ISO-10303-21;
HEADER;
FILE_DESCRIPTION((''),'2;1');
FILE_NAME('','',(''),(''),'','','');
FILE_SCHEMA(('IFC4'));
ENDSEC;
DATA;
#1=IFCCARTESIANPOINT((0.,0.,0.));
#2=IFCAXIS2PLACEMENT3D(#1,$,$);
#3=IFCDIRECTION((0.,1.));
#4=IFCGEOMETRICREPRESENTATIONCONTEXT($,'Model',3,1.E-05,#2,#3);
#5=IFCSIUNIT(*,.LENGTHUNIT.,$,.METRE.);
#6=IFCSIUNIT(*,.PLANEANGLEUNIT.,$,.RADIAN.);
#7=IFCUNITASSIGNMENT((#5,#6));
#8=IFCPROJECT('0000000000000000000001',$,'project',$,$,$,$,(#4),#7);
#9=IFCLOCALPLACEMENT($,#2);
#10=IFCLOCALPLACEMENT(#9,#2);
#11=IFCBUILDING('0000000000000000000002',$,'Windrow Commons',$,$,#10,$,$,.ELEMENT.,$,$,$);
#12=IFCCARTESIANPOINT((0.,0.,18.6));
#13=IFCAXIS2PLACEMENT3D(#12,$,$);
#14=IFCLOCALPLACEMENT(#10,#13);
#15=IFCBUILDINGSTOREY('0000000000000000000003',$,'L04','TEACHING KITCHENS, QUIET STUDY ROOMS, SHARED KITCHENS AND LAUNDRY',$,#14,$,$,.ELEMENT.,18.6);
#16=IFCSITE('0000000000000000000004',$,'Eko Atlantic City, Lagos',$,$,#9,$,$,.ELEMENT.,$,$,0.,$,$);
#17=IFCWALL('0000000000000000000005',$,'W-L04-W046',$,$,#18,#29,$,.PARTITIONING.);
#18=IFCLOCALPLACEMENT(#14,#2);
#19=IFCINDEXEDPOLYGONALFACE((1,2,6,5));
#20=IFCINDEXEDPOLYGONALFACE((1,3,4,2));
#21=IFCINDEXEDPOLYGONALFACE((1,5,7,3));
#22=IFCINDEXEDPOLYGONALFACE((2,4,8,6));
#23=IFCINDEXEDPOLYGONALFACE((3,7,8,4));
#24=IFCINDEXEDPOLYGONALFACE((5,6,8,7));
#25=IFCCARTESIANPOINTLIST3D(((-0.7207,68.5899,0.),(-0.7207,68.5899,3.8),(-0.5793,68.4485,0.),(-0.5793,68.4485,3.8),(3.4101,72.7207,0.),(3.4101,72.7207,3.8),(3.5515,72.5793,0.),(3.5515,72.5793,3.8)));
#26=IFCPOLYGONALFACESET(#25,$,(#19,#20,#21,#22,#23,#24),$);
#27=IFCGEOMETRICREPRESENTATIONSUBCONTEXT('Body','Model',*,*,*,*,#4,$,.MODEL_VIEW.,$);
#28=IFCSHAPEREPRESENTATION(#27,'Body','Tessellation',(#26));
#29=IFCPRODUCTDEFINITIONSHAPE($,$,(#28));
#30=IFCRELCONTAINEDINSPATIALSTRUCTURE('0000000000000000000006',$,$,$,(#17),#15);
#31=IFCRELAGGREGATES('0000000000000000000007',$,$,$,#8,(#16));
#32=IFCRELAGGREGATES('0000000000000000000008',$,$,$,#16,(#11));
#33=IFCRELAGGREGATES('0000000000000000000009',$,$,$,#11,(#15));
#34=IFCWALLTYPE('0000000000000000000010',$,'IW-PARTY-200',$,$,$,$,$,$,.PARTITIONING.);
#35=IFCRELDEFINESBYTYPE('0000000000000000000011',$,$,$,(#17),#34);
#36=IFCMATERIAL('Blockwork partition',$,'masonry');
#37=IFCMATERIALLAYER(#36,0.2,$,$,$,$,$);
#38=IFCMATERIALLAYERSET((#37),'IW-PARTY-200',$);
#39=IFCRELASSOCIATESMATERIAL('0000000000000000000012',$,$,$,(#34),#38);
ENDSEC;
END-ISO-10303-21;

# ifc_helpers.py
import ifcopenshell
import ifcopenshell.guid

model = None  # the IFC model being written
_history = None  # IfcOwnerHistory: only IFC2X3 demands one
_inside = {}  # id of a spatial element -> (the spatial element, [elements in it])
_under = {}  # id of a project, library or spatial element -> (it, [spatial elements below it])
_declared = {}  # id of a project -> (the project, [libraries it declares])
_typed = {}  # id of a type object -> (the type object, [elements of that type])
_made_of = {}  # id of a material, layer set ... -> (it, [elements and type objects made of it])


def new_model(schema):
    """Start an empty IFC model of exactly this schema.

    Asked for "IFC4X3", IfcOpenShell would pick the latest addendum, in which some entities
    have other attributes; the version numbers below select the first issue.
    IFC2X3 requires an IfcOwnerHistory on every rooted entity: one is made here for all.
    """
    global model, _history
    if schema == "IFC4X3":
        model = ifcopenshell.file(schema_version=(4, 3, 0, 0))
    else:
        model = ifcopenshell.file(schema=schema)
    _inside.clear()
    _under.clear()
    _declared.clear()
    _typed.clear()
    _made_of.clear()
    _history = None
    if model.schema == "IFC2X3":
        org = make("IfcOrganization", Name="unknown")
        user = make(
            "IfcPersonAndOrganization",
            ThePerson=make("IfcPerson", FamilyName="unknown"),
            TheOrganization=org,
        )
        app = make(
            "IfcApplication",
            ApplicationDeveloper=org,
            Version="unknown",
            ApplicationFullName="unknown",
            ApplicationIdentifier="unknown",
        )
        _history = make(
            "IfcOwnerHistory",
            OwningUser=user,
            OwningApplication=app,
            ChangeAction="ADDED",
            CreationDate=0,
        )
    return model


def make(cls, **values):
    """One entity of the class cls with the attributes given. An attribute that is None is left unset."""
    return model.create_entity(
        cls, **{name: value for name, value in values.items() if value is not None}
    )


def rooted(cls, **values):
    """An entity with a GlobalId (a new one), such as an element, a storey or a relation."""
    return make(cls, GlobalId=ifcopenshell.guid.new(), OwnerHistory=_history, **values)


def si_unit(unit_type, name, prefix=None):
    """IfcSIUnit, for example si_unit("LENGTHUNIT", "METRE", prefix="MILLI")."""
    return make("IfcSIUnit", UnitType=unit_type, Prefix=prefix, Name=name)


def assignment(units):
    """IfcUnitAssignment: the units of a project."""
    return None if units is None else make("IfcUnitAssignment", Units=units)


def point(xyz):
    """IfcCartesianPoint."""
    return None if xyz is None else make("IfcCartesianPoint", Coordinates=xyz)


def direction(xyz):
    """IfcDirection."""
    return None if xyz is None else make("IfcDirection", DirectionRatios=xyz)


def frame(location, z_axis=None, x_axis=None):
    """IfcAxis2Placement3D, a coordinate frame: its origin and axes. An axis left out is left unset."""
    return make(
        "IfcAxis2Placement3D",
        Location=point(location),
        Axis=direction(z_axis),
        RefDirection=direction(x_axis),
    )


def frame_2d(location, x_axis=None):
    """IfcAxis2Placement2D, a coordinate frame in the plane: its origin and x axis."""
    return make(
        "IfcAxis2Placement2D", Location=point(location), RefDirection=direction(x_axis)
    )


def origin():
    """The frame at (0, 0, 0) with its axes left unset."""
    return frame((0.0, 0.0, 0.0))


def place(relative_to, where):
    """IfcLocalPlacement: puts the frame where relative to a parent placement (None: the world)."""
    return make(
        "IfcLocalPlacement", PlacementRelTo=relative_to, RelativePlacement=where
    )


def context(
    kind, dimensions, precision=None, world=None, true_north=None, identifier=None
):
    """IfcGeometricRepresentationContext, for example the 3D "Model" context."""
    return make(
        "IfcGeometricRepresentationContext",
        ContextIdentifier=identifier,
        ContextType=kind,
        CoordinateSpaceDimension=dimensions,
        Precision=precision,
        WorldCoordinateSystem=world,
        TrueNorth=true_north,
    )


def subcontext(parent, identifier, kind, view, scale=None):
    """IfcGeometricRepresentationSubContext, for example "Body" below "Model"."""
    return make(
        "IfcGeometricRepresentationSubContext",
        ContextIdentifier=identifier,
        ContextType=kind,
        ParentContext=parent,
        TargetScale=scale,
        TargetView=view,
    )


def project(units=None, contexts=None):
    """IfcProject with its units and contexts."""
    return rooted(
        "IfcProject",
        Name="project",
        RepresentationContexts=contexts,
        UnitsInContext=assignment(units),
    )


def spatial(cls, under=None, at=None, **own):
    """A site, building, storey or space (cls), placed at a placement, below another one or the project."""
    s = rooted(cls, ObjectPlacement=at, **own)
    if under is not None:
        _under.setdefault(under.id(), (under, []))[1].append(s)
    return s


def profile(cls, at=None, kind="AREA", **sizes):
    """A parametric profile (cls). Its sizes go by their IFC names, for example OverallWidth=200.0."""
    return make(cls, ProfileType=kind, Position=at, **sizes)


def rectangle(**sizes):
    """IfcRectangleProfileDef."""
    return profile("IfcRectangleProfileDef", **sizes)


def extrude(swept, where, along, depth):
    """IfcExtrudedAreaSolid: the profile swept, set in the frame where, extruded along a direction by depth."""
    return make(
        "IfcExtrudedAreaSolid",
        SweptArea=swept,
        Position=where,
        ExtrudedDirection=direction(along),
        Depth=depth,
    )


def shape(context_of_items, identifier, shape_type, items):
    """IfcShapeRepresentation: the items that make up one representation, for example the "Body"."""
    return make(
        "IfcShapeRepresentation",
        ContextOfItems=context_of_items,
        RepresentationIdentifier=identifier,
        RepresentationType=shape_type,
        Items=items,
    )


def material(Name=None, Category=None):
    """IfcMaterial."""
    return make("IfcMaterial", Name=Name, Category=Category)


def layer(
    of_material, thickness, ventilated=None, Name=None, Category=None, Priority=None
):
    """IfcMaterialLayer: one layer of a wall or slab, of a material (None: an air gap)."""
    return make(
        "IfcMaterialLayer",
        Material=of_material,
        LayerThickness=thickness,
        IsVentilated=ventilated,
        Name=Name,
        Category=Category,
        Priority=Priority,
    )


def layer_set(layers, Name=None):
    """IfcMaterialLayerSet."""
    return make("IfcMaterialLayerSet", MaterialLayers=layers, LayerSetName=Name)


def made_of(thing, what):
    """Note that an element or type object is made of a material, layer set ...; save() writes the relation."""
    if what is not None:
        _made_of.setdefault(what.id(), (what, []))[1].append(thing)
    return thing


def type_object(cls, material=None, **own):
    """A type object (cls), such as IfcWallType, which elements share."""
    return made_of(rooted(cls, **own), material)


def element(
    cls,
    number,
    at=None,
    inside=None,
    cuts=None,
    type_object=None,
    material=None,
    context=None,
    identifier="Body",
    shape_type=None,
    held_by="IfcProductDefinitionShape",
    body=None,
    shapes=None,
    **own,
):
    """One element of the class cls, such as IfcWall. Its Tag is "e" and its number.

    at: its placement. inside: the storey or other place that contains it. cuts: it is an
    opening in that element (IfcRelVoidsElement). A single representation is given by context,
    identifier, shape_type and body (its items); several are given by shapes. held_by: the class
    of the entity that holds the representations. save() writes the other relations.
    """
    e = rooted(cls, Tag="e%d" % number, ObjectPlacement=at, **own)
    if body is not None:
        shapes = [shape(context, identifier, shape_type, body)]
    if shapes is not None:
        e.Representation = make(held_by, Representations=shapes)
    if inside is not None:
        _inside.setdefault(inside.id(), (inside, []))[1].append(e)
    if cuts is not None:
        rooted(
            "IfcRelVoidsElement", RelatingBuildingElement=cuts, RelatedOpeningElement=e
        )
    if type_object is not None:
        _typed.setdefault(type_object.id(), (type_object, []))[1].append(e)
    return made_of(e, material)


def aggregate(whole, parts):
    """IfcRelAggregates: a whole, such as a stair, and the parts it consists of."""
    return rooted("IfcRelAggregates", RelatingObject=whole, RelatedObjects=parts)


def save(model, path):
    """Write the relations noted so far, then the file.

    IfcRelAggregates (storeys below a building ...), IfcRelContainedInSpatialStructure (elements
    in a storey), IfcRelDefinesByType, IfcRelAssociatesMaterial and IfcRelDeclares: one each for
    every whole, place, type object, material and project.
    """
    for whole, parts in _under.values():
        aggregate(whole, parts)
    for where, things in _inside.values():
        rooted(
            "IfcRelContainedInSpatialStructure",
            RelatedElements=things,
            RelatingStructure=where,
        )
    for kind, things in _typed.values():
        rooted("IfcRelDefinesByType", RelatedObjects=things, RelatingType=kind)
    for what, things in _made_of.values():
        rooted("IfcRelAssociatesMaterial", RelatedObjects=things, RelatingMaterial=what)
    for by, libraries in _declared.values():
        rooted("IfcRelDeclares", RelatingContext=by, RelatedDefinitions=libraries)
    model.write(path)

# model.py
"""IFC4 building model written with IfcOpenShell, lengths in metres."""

from ifc_helpers import new_model, si_unit, direction, frame, frame_2d, origin, place, context, subcontext, project, spatial, rectangle, extrude, material, layer, layer_set, type_object, element, save


model = new_model("IFC4")

# Units and contexts
model_context = context("Model", 3, precision=1e-05, world=origin(), true_north=direction((0.0, 1.0)))
body_context = subcontext(model_context, "Body", "Model", "MODEL_VIEW")
ifc_project = project(units=[si_unit("LENGTHUNIT", "METRE"), si_unit("PLANEANGLEUNIT", "RADIAN")], contexts=[model_context])

# Site, building, storey
site_placement = place(None, origin())
site = spatial("IfcSite", under=ifc_project, at=site_placement, Name="Eko Atlantic City, Lagos", CompositionType="ELEMENT", RefElevation=0.0)
building_placement = place(site_placement, origin())
building = spatial("IfcBuilding", under=site, at=building_placement, Name="Windrow Commons", CompositionType="ELEMENT")
storey_placement = place(building_placement, frame((0.0, 0.0, 18.6)))
storey = spatial("IfcBuildingStorey", under=building, at=storey_placement, Name="L04", Description="TEACHING KITCHENS, QUIET STUDY ROOMS, SHARED KITCHENS AND LAUNDRY", CompositionType="ELEMENT", Elevation=18.6)

# Wall
ifc_material_1 = material(Name="Blockwork partition", Category="masonry")
ifc_layer_1 = layer(ifc_material_1, 0.2)
ifc_layer_set_1 = layer_set([ifc_layer_1], Name="IW-PARTY-200")
wall_type_1 = type_object("IfcWallType", Name="IW-PARTY-200", PredefinedType="PARTITIONING", material=ifc_layer_set_1)
wall_1_placement = place(storey_placement, frame((-0.65, 68.5192, 0.0), z_axis=(0.0, 0.0, 1.0), x_axis=(0.707107, 0.707107, 0.0)))
element("IfcWall", 1, at=wall_1_placement, inside=storey, type_object=wall_type_1, Name="W-L04-W046", PredefinedType="PARTITIONING", context=body_context, shape_type="SweptSolid", body=[
    extrude(rectangle(XDim=5.8418, YDim=0.2, at=frame_2d((2.9209, 0.0))), origin(), (0.0, 0.0, 1.0), 3.8),
])

save(model, "model.ifc")
